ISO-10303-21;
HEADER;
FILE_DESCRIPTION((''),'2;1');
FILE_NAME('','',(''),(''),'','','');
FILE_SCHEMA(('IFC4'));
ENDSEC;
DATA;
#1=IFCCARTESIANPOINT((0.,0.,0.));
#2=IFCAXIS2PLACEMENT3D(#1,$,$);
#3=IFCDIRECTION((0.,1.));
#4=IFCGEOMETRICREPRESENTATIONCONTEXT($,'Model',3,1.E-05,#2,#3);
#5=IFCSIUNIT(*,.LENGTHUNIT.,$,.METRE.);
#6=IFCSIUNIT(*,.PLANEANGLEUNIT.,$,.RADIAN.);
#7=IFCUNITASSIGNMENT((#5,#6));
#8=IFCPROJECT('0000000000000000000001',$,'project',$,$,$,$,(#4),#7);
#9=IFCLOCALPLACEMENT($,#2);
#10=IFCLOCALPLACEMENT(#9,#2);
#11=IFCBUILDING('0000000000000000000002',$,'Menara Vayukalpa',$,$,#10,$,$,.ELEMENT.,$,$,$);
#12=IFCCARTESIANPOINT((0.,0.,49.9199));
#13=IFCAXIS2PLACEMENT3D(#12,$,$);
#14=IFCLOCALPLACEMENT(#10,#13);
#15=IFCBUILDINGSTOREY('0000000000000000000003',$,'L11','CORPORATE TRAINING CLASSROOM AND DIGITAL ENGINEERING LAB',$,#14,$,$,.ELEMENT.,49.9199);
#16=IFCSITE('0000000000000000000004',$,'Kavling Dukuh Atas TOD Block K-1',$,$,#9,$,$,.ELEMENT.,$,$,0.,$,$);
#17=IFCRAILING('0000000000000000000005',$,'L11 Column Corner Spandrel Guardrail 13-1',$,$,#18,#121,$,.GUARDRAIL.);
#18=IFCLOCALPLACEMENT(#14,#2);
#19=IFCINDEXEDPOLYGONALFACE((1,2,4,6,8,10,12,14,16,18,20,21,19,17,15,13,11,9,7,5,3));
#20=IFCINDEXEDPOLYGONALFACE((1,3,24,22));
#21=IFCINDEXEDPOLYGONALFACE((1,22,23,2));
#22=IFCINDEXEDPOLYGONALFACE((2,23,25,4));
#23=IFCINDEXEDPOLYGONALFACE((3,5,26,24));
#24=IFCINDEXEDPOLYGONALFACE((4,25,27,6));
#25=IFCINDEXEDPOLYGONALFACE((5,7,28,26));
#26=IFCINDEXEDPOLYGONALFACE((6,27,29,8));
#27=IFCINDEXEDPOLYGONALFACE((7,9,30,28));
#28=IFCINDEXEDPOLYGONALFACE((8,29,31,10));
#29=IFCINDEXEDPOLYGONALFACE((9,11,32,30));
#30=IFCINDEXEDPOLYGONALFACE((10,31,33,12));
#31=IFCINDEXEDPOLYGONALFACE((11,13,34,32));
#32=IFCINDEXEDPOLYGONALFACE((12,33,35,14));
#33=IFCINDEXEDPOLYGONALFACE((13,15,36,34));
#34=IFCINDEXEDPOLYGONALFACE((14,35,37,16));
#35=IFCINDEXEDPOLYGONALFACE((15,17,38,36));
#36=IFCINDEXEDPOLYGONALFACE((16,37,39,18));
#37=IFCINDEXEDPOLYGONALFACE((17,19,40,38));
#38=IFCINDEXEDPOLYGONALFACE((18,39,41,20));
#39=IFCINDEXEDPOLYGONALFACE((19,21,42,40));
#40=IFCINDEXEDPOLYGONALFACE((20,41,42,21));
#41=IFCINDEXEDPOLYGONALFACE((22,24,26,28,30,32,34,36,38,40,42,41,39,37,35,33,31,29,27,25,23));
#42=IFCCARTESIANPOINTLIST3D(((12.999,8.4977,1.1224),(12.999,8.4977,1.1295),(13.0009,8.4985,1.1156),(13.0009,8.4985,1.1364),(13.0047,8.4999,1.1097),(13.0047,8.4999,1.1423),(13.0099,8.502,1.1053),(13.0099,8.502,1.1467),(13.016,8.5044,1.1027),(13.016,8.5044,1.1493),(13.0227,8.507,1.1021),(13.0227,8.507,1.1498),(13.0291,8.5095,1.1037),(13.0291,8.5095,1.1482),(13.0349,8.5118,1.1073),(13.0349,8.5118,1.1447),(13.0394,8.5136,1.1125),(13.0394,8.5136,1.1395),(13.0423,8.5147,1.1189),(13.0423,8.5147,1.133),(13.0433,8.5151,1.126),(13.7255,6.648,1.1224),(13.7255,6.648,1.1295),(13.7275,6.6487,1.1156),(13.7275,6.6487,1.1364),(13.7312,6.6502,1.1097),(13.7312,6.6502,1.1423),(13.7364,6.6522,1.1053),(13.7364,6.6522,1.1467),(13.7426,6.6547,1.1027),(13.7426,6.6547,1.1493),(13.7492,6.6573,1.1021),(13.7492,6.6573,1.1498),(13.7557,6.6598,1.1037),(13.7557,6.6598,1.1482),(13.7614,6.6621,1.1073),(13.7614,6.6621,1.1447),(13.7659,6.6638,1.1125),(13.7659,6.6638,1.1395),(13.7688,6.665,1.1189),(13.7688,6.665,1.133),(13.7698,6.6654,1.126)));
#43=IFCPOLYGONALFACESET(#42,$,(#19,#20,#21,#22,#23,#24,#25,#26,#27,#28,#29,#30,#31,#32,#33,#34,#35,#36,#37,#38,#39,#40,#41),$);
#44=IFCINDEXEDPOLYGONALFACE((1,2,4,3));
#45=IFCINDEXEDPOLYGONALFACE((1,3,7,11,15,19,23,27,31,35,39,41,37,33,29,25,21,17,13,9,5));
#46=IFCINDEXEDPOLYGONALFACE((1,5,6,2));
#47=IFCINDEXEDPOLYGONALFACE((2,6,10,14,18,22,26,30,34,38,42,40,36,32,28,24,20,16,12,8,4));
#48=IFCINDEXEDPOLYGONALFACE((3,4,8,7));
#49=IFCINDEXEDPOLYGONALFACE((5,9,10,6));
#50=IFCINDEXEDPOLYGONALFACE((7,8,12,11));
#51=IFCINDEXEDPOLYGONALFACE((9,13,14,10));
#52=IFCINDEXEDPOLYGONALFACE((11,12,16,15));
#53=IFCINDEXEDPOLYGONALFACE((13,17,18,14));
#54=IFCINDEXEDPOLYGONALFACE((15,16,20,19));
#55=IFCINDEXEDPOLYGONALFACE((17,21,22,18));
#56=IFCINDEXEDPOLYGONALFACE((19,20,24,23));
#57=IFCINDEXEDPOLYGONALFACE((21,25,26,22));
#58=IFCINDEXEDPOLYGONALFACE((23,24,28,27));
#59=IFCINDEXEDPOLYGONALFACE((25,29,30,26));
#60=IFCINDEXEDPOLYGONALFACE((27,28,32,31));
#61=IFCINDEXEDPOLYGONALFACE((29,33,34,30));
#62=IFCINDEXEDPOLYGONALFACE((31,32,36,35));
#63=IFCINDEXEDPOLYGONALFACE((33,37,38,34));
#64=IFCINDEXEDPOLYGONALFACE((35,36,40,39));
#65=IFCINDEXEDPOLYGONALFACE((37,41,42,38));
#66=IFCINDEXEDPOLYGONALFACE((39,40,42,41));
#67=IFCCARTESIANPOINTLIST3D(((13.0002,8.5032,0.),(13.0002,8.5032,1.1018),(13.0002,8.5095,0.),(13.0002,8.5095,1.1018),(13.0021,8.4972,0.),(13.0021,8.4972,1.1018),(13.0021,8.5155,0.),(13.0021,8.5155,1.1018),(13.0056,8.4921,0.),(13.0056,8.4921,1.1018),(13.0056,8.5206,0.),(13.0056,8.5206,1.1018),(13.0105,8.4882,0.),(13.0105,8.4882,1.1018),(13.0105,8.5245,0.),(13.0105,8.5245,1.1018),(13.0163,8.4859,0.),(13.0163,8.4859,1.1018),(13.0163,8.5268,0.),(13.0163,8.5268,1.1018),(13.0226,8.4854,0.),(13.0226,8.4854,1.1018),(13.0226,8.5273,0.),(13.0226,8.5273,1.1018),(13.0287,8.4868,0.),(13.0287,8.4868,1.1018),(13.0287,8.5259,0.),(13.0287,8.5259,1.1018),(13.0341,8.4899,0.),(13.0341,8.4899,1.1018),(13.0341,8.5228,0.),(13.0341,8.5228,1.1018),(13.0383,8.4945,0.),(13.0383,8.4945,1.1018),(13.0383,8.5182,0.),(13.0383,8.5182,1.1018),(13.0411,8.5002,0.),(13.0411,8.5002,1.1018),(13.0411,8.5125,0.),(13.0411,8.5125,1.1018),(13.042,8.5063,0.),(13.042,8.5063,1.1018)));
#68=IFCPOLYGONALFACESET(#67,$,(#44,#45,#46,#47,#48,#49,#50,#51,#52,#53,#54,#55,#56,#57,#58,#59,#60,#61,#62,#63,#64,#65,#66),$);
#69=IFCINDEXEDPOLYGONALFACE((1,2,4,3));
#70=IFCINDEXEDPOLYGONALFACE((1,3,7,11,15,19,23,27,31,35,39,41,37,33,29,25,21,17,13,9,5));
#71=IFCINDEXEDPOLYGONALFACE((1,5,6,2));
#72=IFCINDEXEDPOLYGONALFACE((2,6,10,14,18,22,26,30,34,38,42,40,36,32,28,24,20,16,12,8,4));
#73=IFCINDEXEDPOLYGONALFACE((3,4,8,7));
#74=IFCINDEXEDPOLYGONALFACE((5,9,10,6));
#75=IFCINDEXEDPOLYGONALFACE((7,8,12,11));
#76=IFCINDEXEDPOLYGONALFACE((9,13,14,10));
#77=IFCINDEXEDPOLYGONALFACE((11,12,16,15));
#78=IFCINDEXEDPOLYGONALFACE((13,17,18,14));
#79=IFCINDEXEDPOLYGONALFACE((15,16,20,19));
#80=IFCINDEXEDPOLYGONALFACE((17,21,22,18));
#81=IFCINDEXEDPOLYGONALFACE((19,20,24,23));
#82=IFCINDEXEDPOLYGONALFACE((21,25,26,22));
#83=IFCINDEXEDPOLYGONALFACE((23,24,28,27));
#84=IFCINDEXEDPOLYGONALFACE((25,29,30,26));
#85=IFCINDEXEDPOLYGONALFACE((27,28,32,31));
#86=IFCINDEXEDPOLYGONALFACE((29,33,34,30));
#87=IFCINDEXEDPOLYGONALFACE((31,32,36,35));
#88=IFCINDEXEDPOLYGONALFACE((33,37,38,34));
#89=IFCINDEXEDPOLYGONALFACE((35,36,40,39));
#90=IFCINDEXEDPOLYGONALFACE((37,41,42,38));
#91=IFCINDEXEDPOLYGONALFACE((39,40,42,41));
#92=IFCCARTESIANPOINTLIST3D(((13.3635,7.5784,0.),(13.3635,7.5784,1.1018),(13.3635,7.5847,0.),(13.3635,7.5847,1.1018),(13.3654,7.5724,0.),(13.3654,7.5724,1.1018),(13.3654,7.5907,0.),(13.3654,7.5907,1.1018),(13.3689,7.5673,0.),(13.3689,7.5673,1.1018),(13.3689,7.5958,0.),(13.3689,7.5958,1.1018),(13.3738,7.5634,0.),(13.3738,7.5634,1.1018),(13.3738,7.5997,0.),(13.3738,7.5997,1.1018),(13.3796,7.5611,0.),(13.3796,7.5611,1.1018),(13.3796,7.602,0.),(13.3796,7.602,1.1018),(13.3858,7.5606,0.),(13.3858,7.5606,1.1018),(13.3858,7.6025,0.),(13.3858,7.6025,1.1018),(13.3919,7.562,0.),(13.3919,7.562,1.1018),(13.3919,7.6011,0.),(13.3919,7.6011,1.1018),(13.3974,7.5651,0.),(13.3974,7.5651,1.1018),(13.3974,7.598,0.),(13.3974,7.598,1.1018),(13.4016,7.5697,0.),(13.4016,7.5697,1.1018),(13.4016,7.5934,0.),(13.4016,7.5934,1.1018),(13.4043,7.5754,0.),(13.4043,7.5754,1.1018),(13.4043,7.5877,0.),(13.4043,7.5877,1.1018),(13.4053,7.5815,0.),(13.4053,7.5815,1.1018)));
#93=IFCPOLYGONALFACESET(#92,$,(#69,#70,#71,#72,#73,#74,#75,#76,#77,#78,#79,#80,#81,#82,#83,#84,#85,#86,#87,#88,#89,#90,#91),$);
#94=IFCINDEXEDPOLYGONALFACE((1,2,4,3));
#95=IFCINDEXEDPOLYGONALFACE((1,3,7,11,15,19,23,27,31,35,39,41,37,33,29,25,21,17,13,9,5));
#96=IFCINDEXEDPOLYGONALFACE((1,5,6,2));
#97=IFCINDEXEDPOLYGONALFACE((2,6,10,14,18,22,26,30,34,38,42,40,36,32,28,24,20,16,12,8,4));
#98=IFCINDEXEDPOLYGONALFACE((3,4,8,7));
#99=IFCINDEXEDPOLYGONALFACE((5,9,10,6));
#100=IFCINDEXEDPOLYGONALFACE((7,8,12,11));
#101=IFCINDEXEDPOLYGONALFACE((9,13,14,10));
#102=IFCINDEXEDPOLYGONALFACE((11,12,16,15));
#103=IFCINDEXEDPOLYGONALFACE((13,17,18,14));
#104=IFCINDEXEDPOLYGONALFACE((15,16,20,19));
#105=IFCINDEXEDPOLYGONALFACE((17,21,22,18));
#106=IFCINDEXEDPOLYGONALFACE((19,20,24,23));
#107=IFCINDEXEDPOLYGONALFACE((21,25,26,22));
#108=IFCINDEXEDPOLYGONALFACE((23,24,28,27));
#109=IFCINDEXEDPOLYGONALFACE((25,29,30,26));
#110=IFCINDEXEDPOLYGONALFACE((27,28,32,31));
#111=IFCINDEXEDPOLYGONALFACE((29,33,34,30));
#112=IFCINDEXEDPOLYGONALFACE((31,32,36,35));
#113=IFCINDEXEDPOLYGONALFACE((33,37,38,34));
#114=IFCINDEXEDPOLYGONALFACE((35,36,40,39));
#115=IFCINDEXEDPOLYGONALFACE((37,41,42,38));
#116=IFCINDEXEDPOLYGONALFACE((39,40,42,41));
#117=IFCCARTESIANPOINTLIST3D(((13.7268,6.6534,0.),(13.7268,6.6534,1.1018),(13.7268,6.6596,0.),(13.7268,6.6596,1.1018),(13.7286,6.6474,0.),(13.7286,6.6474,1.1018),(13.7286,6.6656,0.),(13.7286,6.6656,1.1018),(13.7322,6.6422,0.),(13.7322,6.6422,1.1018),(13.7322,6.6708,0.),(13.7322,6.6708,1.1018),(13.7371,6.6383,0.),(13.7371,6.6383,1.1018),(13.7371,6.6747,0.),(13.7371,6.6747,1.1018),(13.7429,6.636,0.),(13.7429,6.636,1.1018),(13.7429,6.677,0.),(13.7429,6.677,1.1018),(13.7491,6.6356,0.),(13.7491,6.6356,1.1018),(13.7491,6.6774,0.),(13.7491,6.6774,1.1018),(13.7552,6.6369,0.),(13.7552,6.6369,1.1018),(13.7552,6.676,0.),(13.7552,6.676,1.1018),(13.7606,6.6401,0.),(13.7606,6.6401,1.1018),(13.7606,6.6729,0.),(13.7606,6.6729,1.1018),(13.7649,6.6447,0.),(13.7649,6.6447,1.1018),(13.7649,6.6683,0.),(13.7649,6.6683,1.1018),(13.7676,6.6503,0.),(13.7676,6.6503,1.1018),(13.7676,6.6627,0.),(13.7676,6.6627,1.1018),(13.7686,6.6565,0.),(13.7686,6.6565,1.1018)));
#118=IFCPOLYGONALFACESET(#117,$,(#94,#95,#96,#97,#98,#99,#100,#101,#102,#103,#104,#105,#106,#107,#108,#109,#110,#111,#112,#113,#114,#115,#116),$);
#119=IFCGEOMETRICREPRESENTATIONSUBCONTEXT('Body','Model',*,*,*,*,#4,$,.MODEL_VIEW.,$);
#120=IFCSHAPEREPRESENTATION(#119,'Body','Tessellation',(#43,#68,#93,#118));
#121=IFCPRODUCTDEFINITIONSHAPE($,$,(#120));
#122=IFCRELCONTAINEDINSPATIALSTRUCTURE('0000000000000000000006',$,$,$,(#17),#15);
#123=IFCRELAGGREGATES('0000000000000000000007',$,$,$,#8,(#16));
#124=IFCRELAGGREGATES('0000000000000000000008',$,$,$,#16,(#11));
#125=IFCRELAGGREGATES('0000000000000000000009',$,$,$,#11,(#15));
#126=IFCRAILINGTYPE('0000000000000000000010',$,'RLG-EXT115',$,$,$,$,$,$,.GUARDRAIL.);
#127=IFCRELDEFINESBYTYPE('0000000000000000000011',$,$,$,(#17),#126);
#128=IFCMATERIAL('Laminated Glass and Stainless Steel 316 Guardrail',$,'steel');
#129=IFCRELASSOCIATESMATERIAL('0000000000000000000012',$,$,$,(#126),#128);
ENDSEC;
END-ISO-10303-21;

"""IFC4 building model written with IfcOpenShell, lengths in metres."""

from ifc_helpers import new_model, si_unit, direction, frame, origin, origin_2d, place, context, subcontext, project, spatial, circle, extrude, material, type_object, element, save


model = new_model("IFC4")

# Units and contexts
model_context = context("Model", 3, precision=1e-05, world=origin(), true_north=direction((0.0, 1.0)))
body_context = subcontext(model_context, "Body", "Model", "MODEL_VIEW")
ifc_project = project(units=[si_unit("LENGTHUNIT", "METRE"), si_unit("PLANEANGLEUNIT", "RADIAN")], contexts=[model_context])

# Site, building, storey
site_placement = place(None, origin())
site = spatial("IfcSite", under=ifc_project, at=site_placement, Name="Kavling Dukuh Atas TOD Block K-1", CompositionType="ELEMENT", RefElevation=0.0)
building_placement = place(site_placement, origin())
building = spatial("IfcBuilding", under=site, at=building_placement, Name="Menara Vayukalpa", CompositionType="ELEMENT")
storey_placement = place(building_placement, frame((0.0, 0.0, 49.9199)))
storey = spatial("IfcBuildingStorey", under=building, at=storey_placement, Name="L11", Description="CORPORATE TRAINING CLASSROOM AND DIGITAL ENGINEERING LAB", CompositionType="ELEMENT", Elevation=49.9199)

# Railing
ifc_material_1 = material(Name="Laminated Glass and Stainless Steel 316 Guardrail", Category="steel")
railing_type = type_object("IfcRailingType", Name="RLG-EXT115", PredefinedType="GUARDRAIL", material=ifc_material_1)
railing_1_placement = place(storey_placement, frame((13.021, 8.5063, 0.0)))
element("IfcRailing", 1, at=railing_1_placement, inside=storey, type_object=railing_type, Name="L11 Column Corner Spandrel Guardrail 13-1", PredefinedType="GUARDRAIL", context=body_context, shape_type="SweptSolid", body=[
    extrude(circle(Radius=0.0239, at=origin_2d()), frame((0.0, 0.0, 1.126), z_axis=(0.36558, -0.93078, 0.0), x_axis=(0.93078, 0.36558, 0.0)), (0.0, 0.0, 1.0), 1.9873),
    extrude(circle(Radius=0.021, at=origin_2d()), origin(), (0.0, 0.0, 1.0), 1.1018),
    extrude(circle(Radius=0.021, at=origin_2d()), frame((0.3633, -0.9248, 0.0)), (0.0, 0.0, 1.0), 1.1018),
    extrude(circle(Radius=0.021, at=origin_2d()), frame((0.7266, -1.8499, 0.0)), (0.0, 0.0, 1.0), 1.1018),
])

save(model, "model.ifc")
